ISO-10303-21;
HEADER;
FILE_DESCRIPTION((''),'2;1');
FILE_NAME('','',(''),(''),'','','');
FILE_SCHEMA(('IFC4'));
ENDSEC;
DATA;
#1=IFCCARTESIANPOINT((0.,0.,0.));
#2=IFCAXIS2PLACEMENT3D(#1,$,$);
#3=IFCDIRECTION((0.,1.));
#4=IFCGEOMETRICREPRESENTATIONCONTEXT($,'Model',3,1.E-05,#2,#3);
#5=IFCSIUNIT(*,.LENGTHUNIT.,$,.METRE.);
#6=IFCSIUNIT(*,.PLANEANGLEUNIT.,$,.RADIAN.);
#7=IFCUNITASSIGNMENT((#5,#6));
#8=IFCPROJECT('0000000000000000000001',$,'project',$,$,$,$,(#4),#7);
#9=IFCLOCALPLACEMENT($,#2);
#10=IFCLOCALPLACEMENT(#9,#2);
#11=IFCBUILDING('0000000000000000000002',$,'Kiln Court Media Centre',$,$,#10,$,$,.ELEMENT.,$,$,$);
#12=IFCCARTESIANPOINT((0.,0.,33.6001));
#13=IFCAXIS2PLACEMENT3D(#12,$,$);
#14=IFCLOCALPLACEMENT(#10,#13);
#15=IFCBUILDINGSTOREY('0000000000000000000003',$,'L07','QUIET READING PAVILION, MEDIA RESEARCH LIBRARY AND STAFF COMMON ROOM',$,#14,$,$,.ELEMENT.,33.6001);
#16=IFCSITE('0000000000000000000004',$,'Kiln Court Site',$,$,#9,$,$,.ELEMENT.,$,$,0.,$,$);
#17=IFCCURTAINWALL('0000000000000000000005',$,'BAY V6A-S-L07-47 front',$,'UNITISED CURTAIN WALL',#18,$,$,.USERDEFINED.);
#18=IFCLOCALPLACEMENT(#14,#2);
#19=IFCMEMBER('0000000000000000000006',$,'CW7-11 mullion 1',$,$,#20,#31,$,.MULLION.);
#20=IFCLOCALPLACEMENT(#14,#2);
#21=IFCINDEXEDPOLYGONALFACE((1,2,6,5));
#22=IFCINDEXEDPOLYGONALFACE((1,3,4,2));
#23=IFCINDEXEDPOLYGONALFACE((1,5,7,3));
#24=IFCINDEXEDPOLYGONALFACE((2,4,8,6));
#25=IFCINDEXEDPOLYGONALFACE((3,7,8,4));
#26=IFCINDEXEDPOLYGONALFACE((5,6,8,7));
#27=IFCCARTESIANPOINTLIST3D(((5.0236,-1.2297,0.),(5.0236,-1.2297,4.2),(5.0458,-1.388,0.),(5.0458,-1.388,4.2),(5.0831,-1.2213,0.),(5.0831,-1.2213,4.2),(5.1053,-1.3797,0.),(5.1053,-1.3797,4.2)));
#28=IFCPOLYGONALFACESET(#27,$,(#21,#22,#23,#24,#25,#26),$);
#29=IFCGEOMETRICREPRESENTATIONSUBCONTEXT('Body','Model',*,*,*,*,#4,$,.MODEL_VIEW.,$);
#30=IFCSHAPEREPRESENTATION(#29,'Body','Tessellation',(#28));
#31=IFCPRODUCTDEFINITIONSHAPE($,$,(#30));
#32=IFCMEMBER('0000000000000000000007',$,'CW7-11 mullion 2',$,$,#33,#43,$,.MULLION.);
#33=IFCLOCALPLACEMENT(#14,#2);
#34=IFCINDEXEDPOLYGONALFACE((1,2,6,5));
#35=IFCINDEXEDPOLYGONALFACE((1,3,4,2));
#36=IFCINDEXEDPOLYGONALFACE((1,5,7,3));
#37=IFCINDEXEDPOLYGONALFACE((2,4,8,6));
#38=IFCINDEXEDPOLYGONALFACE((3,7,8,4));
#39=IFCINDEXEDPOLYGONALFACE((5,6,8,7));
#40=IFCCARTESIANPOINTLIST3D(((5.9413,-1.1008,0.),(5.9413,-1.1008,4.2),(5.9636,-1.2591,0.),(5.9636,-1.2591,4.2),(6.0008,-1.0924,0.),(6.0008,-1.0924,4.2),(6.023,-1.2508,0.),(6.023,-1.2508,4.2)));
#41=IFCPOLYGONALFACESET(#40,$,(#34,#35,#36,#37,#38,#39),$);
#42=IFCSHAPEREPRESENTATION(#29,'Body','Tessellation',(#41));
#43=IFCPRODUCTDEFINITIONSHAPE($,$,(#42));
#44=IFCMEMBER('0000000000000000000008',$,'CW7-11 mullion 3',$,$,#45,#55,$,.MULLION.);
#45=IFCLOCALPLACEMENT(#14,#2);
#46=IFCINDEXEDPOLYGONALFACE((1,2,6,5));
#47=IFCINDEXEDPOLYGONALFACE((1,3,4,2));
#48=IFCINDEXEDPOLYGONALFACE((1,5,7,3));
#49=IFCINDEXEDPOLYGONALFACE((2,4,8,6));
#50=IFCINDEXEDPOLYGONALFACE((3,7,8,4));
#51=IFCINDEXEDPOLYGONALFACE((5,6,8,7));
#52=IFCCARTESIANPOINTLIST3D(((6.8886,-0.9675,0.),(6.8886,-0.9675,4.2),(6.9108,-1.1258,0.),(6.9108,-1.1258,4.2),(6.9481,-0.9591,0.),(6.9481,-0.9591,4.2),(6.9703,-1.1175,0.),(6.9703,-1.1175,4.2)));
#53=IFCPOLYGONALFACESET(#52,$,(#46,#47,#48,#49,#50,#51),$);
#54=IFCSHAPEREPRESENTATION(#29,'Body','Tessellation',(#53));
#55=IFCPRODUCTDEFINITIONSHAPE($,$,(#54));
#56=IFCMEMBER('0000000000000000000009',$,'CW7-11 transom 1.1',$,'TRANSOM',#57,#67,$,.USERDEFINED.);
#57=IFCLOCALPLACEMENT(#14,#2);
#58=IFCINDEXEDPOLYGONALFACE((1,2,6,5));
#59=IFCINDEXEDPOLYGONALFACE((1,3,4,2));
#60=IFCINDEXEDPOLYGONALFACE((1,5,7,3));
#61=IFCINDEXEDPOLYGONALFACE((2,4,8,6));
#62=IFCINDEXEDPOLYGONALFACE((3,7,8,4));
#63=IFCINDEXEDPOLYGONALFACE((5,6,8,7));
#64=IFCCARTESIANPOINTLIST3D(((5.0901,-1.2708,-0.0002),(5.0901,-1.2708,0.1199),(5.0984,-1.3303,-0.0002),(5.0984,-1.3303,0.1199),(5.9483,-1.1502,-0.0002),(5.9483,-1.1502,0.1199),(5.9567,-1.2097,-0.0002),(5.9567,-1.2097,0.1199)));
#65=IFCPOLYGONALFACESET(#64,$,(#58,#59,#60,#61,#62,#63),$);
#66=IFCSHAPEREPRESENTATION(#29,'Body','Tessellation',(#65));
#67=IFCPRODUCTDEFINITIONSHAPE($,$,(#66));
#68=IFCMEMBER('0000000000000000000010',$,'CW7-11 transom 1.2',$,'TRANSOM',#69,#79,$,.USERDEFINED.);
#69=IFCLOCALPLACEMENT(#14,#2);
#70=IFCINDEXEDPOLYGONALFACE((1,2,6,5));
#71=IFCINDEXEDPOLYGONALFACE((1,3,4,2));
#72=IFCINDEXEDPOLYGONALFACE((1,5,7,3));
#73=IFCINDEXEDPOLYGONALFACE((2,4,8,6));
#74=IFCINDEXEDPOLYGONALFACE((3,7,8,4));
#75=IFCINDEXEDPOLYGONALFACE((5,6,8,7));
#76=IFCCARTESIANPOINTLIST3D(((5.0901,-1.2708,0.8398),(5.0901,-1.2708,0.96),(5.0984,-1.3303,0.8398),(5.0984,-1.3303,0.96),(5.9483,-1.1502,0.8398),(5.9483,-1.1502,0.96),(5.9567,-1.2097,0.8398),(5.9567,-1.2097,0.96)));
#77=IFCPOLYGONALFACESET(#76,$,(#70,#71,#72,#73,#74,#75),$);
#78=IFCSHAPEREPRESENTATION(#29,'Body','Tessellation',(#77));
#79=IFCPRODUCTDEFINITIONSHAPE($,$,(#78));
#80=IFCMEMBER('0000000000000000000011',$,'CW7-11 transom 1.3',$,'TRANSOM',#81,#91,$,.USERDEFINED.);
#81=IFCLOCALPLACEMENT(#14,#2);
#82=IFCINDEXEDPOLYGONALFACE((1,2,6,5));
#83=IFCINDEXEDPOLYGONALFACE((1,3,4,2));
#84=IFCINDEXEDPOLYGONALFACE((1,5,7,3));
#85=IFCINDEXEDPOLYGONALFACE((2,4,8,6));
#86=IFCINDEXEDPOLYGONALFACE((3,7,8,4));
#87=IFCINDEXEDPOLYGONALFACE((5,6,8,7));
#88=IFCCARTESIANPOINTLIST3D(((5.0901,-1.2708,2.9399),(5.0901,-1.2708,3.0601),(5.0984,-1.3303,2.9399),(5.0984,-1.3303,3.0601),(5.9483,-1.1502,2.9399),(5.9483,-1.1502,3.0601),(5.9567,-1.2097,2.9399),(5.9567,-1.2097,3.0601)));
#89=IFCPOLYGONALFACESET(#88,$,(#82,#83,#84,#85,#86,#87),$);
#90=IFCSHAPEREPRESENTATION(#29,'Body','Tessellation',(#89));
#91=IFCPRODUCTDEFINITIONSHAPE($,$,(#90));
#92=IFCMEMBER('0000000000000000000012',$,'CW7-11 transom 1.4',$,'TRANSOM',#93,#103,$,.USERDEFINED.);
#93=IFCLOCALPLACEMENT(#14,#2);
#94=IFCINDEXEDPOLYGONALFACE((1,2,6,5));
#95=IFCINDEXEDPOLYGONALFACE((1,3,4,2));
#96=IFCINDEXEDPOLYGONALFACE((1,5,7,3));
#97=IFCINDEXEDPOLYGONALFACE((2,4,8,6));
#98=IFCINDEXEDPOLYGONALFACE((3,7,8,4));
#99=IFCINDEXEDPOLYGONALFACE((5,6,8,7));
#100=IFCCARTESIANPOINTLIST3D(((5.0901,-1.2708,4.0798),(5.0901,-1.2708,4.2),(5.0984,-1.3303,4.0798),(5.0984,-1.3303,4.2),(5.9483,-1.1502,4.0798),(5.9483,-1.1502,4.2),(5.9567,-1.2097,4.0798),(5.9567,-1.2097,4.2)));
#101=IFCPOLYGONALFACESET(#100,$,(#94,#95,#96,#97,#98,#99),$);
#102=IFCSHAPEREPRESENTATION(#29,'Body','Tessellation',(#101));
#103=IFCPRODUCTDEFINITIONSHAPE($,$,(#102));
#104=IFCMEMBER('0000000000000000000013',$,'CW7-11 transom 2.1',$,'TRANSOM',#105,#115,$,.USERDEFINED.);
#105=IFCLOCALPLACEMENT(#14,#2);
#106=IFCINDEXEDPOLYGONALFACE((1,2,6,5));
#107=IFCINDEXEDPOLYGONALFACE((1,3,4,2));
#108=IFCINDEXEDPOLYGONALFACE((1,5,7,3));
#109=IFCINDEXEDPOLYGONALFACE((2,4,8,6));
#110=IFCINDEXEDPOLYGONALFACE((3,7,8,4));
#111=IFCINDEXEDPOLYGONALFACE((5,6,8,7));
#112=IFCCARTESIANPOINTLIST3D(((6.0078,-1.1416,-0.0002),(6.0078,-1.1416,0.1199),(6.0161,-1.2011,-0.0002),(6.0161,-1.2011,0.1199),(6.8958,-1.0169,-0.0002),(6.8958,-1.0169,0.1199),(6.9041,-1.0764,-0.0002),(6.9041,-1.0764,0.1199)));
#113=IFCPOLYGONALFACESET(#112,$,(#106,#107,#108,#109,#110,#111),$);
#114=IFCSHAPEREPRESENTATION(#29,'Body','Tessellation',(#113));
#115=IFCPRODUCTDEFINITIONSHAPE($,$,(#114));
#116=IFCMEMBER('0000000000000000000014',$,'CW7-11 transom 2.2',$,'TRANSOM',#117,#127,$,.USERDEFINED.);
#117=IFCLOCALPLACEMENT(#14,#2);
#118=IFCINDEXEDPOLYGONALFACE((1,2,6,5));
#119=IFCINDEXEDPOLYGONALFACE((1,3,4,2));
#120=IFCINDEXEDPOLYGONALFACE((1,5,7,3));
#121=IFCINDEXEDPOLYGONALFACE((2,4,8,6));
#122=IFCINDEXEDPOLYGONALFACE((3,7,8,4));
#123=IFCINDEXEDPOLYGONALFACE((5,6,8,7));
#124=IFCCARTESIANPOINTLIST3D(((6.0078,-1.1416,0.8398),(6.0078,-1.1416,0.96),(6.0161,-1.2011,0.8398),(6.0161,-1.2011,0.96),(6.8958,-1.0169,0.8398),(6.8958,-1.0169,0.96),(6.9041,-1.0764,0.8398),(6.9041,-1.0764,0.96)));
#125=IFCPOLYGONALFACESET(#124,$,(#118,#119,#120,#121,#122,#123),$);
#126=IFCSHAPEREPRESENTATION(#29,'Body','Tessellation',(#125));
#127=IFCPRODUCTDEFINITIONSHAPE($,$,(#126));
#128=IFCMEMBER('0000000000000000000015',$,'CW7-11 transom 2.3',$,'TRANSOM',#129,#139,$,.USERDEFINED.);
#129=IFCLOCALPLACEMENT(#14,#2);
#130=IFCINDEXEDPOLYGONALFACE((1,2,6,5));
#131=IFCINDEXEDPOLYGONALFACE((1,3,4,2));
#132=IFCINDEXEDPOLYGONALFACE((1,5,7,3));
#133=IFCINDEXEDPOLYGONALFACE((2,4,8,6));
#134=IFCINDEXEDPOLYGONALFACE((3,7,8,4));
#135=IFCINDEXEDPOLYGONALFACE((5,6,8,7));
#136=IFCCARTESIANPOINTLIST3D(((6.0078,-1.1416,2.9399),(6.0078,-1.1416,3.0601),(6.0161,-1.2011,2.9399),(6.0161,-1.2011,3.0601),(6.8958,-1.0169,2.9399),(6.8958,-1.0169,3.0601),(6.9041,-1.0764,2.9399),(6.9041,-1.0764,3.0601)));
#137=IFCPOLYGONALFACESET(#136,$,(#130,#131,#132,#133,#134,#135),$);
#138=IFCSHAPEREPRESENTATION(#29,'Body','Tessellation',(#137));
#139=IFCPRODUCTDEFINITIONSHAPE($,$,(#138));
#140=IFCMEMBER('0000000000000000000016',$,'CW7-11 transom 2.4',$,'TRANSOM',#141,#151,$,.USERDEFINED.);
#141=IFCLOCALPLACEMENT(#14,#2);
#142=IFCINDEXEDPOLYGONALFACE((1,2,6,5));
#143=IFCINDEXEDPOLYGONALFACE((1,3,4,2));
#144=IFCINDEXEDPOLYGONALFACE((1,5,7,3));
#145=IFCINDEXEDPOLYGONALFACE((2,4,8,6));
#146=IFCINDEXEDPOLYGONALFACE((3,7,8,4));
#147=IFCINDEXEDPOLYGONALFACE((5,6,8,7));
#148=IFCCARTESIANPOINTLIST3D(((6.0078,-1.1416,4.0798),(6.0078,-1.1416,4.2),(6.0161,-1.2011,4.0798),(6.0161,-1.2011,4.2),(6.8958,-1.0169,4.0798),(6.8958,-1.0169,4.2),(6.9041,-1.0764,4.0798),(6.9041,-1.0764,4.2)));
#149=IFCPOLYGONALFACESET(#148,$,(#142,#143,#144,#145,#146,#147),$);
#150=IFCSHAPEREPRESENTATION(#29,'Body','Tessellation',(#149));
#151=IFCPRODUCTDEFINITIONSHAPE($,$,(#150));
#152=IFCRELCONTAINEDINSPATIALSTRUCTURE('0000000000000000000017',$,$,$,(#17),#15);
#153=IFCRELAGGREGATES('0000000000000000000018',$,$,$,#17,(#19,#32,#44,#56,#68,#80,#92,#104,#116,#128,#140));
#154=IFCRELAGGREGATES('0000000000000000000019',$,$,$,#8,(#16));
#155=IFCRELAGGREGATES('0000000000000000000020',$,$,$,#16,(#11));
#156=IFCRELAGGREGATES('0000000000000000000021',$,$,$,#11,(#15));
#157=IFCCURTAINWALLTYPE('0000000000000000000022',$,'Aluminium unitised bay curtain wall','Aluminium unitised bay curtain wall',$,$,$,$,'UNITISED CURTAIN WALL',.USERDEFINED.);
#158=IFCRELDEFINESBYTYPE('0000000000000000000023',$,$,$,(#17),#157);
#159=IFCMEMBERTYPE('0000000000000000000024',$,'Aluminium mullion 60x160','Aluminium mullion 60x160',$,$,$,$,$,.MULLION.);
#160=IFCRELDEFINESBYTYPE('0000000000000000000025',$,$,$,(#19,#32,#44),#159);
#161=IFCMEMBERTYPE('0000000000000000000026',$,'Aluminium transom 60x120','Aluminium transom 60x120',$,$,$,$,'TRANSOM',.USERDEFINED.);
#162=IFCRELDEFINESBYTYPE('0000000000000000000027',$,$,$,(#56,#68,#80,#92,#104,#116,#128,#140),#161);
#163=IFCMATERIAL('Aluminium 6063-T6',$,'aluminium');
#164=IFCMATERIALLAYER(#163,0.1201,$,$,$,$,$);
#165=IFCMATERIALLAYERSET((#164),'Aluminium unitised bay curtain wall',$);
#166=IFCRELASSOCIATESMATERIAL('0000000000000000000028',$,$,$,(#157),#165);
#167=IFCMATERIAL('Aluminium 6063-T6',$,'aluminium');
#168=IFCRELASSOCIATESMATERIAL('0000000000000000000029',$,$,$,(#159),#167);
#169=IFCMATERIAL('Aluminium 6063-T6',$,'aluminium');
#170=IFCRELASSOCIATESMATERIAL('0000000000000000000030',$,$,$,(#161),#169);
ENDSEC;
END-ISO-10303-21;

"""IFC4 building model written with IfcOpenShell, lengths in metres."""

from ifc_helpers import new_model, si_unit, direction, frame, origin, origin_2d, place, context, subcontext, project, spatial, rectangle, extrude, material, layer, layer_set, material_profile, profile_set, type_object, element, aggregate, save


model = new_model("IFC4")

# Units and contexts
model_context = context("Model", 3, precision=1e-05, world=origin(), true_north=direction((0.0, 1.0)))
body_context = subcontext(model_context, "Body", "Model", "MODEL_VIEW")
ifc_project = project(units=[si_unit("LENGTHUNIT", "METRE"), si_unit("PLANEANGLEUNIT", "RADIAN")], contexts=[model_context])

# Site, building, storey
site_placement = place(None, origin())
site = spatial("IfcSite", under=ifc_project, at=site_placement, Name="Kiln Court Site", CompositionType="ELEMENT", RefElevation=0.0)
building_placement = place(site_placement, origin())
building = spatial("IfcBuilding", under=site, at=building_placement, Name="Kiln Court Media Centre", CompositionType="ELEMENT")
storey_placement = place(building_placement, frame((0.0, 0.0, 33.6001)))
storey = spatial("IfcBuildingStorey", under=building, at=storey_placement, Name="L07", Description="QUIET READING PAVILION, MEDIA RESEARCH LIBRARY AND STAFF COMMON ROOM", CompositionType="ELEMENT", Elevation=33.6001)

# Curtain wall, members
ifc_material_1 = material(Name="Aluminium 6063-T6", Category="aluminium")
ifc_layer_1 = layer(ifc_material_1, 0.1201)
ifc_layer_set_1 = layer_set([ifc_layer_1], Name="Aluminium unitised bay curtain wall")
curtain_wall_type = type_object("IfcCurtainWallType", Name="Aluminium unitised bay curtain wall", Description="Aluminium unitised bay curtain wall", ElementType="UNITISED CURTAIN WALL", PredefinedType="USERDEFINED", material=ifc_layer_set_1)
curtain_wall_placement = place(storey_placement, origin())
curtain_wall = element("IfcCurtainWall", 1, at=curtain_wall_placement, inside=storey, type_object=curtain_wall_type, Name="BAY V6A-S-L07-47 front", ObjectType="UNITISED CURTAIN WALL", PredefinedType="USERDEFINED")
ifc_material_2 = material(Name="Aluminium 6063-T6", Category="aluminium")
ifc_material_profile_1 = material_profile(ifc_material_2, rectangle(XDim=0.0601, YDim=0.1599, at=origin_2d()), Name="Aluminium mullion 60x160")
ifc_profile_set_1 = profile_set([ifc_material_profile_1], Name="Aluminium 6063-T6")
member_type_1 = type_object("IfcMemberType", Name="Aluminium mullion 60x160", Description="Aluminium mullion 60x160", PredefinedType="MULLION", material=ifc_profile_set_1)
member_1_placement = place(storey_placement, frame((5.0645, -1.3047, 0.0), z_axis=(0.0, 0.0, 1.0), x_axis=(0.99027, 0.139162, 0.0)))
member_1 = element("IfcMember", 2, at=member_1_placement, type_object=member_type_1, Name="CW7-11 mullion 1", PredefinedType="MULLION", context=body_context, shape_type="SweptSolid", body=[
    extrude(rectangle(XDim=0.0601, YDim=0.1599, at=origin_2d()), origin(), (0.0, 0.0, 1.0), 4.2),
])
member_2_placement = place(storey_placement, frame((5.9822, -1.1758, 0.0), z_axis=(0.0, 0.0, 1.0), x_axis=(0.99027, 0.139162, 0.0)))
member_2 = element("IfcMember", 3, at=member_2_placement, type_object=member_type_1, Name="CW7-11 mullion 2", PredefinedType="MULLION", context=body_context, shape_type="SweptSolid", body=[
    extrude(rectangle(XDim=0.0601, YDim=0.1599, at=origin_2d()), origin(), (0.0, 0.0, 1.0), 4.2),
])
member_3_placement = place(storey_placement, frame((6.9294, -1.0425, 0.0), z_axis=(0.0, 0.0, 1.0), x_axis=(0.99027, 0.139162, 0.0)))
member_3 = element("IfcMember", 4, at=member_3_placement, type_object=member_type_1, Name="CW7-11 mullion 3", PredefinedType="MULLION", context=body_context, shape_type="SweptSolid", body=[
    extrude(rectangle(XDim=0.0601, YDim=0.1599, at=origin_2d()), origin(), (0.0, 0.0, 1.0), 4.2),
])
ifc_material_3 = material(Name="Aluminium 6063-T6", Category="aluminium")
ifc_material_profile_2 = material_profile(ifc_material_3, rectangle(XDim=0.0601, YDim=0.1201, at=origin_2d()), Name="Aluminium transom 60x120")
ifc_profile_set_2 = profile_set([ifc_material_profile_2], Name="Aluminium 6063-T6")
member_type_2 = type_object("IfcMemberType", Name="Aluminium transom 60x120", Description="Aluminium transom 60x120", ElementType="TRANSOM", PredefinedType="USERDEFINED", material=ifc_profile_set_2)
member_4_placement = place(storey_placement, frame((5.0942, -1.3005, 0.0598), z_axis=(0.990268, 0.139173, 0.0), x_axis=(-0.139173, 0.990268, 0.0)))
member_4 = element("IfcMember", 5, at=member_4_placement, type_object=member_type_2, Name="CW7-11 transom 1.1", ObjectType="TRANSOM", PredefinedType="USERDEFINED", context=body_context, shape_type="SweptSolid", body=[
    extrude(rectangle(XDim=0.0601, YDim=0.1201, at=origin_2d()), origin(), (0.0, 0.0, 1.0), 0.8667),
])
member_5_placement = place(storey_placement, frame((5.0942, -1.3005, 0.8999), z_axis=(0.990268, 0.139173, 0.0), x_axis=(-0.139173, 0.990268, 0.0)))
member_5 = element("IfcMember", 6, at=member_5_placement, type_object=member_type_2, Name="CW7-11 transom 1.2", ObjectType="TRANSOM", PredefinedType="USERDEFINED", context=body_context, shape_type="SweptSolid", body=[
    extrude(rectangle(XDim=0.0601, YDim=0.1201, at=origin_2d()), origin(), (0.0, 0.0, 1.0), 0.8667),
])
member_6_placement = place(storey_placement, frame((5.0942, -1.3005, 3.0), z_axis=(0.990268, 0.139173, 0.0), x_axis=(-0.139173, 0.990268, 0.0)))
member_6 = element("IfcMember", 7, at=member_6_placement, type_object=member_type_2, Name="CW7-11 transom 1.3", ObjectType="TRANSOM", PredefinedType="USERDEFINED", context=body_context, shape_type="SweptSolid", body=[
    extrude(rectangle(XDim=0.0601, YDim=0.1201, at=origin_2d()), origin(), (0.0, 0.0, 1.0), 0.8667),
])
member_7_placement = place(storey_placement, frame((5.0942, -1.3005, 4.1399), z_axis=(0.990268, 0.139173, 0.0), x_axis=(-0.139173, 0.990268, 0.0)))
member_7 = element("IfcMember", 8, at=member_7_placement, type_object=member_type_2, Name="CW7-11 transom 1.4", ObjectType="TRANSOM", PredefinedType="USERDEFINED", context=body_context, shape_type="SweptSolid", body=[
    extrude(rectangle(XDim=0.0601, YDim=0.1201, at=origin_2d()), origin(), (0.0, 0.0, 1.0), 0.8667),
])
member_8_placement = place(storey_placement, frame((6.012, -1.1714, 0.0598), z_axis=(0.990274, 0.139134, 0.0), x_axis=(-0.139134, 0.990274, 0.0)))
member_8 = element("IfcMember", 9, at=member_8_placement, type_object=member_type_2, Name="CW7-11 transom 2.1", ObjectType="TRANSOM", PredefinedType="USERDEFINED", context=body_context, shape_type="SweptSolid", body=[
    extrude(rectangle(XDim=0.0601, YDim=0.1201, at=origin_2d()), origin(), (0.0, 0.0, 1.0), 0.8967),
])
member_9_placement = place(storey_placement, frame((6.012, -1.1714, 0.8999), z_axis=(0.990274, 0.139134, 0.0), x_axis=(-0.139134, 0.990274, 0.0)))
member_9 = element("IfcMember", 10, at=member_9_placement, type_object=member_type_2, Name="CW7-11 transom 2.2", ObjectType="TRANSOM", PredefinedType="USERDEFINED", context=body_context, shape_type="SweptSolid", body=[
    extrude(rectangle(XDim=0.0601, YDim=0.1201, at=origin_2d()), origin(), (0.0, 0.0, 1.0), 0.8967),
])
member_10_placement = place(storey_placement, frame((6.012, -1.1714, 3.0), z_axis=(0.990274, 0.139134, 0.0), x_axis=(-0.139134, 0.990274, 0.0)))
member_10 = element("IfcMember", 11, at=member_10_placement, type_object=member_type_2, Name="CW7-11 transom 2.3", ObjectType="TRANSOM", PredefinedType="USERDEFINED", context=body_context, shape_type="SweptSolid", body=[
    extrude(rectangle(XDim=0.0601, YDim=0.1201, at=origin_2d()), origin(), (0.0, 0.0, 1.0), 0.8967),
])
member_11_placement = place(storey_placement, frame((6.012, -1.1714, 4.1399), z_axis=(0.990274, 0.139134, 0.0), x_axis=(-0.139134, 0.990274, 0.0)))
member_11 = element("IfcMember", 12, at=member_11_placement, type_object=member_type_2, Name="CW7-11 transom 2.4", ObjectType="TRANSOM", PredefinedType="USERDEFINED", context=body_context, shape_type="SweptSolid", body=[
    extrude(rectangle(XDim=0.0601, YDim=0.1201, at=origin_2d()), origin(), (0.0, 0.0, 1.0), 0.8967),
])

aggregate(curtain_wall, [member_1, member_2, member_3, member_4, member_5, member_6, member_7, member_8, member_9, member_10, member_11])

save(model, "model.ifc")
